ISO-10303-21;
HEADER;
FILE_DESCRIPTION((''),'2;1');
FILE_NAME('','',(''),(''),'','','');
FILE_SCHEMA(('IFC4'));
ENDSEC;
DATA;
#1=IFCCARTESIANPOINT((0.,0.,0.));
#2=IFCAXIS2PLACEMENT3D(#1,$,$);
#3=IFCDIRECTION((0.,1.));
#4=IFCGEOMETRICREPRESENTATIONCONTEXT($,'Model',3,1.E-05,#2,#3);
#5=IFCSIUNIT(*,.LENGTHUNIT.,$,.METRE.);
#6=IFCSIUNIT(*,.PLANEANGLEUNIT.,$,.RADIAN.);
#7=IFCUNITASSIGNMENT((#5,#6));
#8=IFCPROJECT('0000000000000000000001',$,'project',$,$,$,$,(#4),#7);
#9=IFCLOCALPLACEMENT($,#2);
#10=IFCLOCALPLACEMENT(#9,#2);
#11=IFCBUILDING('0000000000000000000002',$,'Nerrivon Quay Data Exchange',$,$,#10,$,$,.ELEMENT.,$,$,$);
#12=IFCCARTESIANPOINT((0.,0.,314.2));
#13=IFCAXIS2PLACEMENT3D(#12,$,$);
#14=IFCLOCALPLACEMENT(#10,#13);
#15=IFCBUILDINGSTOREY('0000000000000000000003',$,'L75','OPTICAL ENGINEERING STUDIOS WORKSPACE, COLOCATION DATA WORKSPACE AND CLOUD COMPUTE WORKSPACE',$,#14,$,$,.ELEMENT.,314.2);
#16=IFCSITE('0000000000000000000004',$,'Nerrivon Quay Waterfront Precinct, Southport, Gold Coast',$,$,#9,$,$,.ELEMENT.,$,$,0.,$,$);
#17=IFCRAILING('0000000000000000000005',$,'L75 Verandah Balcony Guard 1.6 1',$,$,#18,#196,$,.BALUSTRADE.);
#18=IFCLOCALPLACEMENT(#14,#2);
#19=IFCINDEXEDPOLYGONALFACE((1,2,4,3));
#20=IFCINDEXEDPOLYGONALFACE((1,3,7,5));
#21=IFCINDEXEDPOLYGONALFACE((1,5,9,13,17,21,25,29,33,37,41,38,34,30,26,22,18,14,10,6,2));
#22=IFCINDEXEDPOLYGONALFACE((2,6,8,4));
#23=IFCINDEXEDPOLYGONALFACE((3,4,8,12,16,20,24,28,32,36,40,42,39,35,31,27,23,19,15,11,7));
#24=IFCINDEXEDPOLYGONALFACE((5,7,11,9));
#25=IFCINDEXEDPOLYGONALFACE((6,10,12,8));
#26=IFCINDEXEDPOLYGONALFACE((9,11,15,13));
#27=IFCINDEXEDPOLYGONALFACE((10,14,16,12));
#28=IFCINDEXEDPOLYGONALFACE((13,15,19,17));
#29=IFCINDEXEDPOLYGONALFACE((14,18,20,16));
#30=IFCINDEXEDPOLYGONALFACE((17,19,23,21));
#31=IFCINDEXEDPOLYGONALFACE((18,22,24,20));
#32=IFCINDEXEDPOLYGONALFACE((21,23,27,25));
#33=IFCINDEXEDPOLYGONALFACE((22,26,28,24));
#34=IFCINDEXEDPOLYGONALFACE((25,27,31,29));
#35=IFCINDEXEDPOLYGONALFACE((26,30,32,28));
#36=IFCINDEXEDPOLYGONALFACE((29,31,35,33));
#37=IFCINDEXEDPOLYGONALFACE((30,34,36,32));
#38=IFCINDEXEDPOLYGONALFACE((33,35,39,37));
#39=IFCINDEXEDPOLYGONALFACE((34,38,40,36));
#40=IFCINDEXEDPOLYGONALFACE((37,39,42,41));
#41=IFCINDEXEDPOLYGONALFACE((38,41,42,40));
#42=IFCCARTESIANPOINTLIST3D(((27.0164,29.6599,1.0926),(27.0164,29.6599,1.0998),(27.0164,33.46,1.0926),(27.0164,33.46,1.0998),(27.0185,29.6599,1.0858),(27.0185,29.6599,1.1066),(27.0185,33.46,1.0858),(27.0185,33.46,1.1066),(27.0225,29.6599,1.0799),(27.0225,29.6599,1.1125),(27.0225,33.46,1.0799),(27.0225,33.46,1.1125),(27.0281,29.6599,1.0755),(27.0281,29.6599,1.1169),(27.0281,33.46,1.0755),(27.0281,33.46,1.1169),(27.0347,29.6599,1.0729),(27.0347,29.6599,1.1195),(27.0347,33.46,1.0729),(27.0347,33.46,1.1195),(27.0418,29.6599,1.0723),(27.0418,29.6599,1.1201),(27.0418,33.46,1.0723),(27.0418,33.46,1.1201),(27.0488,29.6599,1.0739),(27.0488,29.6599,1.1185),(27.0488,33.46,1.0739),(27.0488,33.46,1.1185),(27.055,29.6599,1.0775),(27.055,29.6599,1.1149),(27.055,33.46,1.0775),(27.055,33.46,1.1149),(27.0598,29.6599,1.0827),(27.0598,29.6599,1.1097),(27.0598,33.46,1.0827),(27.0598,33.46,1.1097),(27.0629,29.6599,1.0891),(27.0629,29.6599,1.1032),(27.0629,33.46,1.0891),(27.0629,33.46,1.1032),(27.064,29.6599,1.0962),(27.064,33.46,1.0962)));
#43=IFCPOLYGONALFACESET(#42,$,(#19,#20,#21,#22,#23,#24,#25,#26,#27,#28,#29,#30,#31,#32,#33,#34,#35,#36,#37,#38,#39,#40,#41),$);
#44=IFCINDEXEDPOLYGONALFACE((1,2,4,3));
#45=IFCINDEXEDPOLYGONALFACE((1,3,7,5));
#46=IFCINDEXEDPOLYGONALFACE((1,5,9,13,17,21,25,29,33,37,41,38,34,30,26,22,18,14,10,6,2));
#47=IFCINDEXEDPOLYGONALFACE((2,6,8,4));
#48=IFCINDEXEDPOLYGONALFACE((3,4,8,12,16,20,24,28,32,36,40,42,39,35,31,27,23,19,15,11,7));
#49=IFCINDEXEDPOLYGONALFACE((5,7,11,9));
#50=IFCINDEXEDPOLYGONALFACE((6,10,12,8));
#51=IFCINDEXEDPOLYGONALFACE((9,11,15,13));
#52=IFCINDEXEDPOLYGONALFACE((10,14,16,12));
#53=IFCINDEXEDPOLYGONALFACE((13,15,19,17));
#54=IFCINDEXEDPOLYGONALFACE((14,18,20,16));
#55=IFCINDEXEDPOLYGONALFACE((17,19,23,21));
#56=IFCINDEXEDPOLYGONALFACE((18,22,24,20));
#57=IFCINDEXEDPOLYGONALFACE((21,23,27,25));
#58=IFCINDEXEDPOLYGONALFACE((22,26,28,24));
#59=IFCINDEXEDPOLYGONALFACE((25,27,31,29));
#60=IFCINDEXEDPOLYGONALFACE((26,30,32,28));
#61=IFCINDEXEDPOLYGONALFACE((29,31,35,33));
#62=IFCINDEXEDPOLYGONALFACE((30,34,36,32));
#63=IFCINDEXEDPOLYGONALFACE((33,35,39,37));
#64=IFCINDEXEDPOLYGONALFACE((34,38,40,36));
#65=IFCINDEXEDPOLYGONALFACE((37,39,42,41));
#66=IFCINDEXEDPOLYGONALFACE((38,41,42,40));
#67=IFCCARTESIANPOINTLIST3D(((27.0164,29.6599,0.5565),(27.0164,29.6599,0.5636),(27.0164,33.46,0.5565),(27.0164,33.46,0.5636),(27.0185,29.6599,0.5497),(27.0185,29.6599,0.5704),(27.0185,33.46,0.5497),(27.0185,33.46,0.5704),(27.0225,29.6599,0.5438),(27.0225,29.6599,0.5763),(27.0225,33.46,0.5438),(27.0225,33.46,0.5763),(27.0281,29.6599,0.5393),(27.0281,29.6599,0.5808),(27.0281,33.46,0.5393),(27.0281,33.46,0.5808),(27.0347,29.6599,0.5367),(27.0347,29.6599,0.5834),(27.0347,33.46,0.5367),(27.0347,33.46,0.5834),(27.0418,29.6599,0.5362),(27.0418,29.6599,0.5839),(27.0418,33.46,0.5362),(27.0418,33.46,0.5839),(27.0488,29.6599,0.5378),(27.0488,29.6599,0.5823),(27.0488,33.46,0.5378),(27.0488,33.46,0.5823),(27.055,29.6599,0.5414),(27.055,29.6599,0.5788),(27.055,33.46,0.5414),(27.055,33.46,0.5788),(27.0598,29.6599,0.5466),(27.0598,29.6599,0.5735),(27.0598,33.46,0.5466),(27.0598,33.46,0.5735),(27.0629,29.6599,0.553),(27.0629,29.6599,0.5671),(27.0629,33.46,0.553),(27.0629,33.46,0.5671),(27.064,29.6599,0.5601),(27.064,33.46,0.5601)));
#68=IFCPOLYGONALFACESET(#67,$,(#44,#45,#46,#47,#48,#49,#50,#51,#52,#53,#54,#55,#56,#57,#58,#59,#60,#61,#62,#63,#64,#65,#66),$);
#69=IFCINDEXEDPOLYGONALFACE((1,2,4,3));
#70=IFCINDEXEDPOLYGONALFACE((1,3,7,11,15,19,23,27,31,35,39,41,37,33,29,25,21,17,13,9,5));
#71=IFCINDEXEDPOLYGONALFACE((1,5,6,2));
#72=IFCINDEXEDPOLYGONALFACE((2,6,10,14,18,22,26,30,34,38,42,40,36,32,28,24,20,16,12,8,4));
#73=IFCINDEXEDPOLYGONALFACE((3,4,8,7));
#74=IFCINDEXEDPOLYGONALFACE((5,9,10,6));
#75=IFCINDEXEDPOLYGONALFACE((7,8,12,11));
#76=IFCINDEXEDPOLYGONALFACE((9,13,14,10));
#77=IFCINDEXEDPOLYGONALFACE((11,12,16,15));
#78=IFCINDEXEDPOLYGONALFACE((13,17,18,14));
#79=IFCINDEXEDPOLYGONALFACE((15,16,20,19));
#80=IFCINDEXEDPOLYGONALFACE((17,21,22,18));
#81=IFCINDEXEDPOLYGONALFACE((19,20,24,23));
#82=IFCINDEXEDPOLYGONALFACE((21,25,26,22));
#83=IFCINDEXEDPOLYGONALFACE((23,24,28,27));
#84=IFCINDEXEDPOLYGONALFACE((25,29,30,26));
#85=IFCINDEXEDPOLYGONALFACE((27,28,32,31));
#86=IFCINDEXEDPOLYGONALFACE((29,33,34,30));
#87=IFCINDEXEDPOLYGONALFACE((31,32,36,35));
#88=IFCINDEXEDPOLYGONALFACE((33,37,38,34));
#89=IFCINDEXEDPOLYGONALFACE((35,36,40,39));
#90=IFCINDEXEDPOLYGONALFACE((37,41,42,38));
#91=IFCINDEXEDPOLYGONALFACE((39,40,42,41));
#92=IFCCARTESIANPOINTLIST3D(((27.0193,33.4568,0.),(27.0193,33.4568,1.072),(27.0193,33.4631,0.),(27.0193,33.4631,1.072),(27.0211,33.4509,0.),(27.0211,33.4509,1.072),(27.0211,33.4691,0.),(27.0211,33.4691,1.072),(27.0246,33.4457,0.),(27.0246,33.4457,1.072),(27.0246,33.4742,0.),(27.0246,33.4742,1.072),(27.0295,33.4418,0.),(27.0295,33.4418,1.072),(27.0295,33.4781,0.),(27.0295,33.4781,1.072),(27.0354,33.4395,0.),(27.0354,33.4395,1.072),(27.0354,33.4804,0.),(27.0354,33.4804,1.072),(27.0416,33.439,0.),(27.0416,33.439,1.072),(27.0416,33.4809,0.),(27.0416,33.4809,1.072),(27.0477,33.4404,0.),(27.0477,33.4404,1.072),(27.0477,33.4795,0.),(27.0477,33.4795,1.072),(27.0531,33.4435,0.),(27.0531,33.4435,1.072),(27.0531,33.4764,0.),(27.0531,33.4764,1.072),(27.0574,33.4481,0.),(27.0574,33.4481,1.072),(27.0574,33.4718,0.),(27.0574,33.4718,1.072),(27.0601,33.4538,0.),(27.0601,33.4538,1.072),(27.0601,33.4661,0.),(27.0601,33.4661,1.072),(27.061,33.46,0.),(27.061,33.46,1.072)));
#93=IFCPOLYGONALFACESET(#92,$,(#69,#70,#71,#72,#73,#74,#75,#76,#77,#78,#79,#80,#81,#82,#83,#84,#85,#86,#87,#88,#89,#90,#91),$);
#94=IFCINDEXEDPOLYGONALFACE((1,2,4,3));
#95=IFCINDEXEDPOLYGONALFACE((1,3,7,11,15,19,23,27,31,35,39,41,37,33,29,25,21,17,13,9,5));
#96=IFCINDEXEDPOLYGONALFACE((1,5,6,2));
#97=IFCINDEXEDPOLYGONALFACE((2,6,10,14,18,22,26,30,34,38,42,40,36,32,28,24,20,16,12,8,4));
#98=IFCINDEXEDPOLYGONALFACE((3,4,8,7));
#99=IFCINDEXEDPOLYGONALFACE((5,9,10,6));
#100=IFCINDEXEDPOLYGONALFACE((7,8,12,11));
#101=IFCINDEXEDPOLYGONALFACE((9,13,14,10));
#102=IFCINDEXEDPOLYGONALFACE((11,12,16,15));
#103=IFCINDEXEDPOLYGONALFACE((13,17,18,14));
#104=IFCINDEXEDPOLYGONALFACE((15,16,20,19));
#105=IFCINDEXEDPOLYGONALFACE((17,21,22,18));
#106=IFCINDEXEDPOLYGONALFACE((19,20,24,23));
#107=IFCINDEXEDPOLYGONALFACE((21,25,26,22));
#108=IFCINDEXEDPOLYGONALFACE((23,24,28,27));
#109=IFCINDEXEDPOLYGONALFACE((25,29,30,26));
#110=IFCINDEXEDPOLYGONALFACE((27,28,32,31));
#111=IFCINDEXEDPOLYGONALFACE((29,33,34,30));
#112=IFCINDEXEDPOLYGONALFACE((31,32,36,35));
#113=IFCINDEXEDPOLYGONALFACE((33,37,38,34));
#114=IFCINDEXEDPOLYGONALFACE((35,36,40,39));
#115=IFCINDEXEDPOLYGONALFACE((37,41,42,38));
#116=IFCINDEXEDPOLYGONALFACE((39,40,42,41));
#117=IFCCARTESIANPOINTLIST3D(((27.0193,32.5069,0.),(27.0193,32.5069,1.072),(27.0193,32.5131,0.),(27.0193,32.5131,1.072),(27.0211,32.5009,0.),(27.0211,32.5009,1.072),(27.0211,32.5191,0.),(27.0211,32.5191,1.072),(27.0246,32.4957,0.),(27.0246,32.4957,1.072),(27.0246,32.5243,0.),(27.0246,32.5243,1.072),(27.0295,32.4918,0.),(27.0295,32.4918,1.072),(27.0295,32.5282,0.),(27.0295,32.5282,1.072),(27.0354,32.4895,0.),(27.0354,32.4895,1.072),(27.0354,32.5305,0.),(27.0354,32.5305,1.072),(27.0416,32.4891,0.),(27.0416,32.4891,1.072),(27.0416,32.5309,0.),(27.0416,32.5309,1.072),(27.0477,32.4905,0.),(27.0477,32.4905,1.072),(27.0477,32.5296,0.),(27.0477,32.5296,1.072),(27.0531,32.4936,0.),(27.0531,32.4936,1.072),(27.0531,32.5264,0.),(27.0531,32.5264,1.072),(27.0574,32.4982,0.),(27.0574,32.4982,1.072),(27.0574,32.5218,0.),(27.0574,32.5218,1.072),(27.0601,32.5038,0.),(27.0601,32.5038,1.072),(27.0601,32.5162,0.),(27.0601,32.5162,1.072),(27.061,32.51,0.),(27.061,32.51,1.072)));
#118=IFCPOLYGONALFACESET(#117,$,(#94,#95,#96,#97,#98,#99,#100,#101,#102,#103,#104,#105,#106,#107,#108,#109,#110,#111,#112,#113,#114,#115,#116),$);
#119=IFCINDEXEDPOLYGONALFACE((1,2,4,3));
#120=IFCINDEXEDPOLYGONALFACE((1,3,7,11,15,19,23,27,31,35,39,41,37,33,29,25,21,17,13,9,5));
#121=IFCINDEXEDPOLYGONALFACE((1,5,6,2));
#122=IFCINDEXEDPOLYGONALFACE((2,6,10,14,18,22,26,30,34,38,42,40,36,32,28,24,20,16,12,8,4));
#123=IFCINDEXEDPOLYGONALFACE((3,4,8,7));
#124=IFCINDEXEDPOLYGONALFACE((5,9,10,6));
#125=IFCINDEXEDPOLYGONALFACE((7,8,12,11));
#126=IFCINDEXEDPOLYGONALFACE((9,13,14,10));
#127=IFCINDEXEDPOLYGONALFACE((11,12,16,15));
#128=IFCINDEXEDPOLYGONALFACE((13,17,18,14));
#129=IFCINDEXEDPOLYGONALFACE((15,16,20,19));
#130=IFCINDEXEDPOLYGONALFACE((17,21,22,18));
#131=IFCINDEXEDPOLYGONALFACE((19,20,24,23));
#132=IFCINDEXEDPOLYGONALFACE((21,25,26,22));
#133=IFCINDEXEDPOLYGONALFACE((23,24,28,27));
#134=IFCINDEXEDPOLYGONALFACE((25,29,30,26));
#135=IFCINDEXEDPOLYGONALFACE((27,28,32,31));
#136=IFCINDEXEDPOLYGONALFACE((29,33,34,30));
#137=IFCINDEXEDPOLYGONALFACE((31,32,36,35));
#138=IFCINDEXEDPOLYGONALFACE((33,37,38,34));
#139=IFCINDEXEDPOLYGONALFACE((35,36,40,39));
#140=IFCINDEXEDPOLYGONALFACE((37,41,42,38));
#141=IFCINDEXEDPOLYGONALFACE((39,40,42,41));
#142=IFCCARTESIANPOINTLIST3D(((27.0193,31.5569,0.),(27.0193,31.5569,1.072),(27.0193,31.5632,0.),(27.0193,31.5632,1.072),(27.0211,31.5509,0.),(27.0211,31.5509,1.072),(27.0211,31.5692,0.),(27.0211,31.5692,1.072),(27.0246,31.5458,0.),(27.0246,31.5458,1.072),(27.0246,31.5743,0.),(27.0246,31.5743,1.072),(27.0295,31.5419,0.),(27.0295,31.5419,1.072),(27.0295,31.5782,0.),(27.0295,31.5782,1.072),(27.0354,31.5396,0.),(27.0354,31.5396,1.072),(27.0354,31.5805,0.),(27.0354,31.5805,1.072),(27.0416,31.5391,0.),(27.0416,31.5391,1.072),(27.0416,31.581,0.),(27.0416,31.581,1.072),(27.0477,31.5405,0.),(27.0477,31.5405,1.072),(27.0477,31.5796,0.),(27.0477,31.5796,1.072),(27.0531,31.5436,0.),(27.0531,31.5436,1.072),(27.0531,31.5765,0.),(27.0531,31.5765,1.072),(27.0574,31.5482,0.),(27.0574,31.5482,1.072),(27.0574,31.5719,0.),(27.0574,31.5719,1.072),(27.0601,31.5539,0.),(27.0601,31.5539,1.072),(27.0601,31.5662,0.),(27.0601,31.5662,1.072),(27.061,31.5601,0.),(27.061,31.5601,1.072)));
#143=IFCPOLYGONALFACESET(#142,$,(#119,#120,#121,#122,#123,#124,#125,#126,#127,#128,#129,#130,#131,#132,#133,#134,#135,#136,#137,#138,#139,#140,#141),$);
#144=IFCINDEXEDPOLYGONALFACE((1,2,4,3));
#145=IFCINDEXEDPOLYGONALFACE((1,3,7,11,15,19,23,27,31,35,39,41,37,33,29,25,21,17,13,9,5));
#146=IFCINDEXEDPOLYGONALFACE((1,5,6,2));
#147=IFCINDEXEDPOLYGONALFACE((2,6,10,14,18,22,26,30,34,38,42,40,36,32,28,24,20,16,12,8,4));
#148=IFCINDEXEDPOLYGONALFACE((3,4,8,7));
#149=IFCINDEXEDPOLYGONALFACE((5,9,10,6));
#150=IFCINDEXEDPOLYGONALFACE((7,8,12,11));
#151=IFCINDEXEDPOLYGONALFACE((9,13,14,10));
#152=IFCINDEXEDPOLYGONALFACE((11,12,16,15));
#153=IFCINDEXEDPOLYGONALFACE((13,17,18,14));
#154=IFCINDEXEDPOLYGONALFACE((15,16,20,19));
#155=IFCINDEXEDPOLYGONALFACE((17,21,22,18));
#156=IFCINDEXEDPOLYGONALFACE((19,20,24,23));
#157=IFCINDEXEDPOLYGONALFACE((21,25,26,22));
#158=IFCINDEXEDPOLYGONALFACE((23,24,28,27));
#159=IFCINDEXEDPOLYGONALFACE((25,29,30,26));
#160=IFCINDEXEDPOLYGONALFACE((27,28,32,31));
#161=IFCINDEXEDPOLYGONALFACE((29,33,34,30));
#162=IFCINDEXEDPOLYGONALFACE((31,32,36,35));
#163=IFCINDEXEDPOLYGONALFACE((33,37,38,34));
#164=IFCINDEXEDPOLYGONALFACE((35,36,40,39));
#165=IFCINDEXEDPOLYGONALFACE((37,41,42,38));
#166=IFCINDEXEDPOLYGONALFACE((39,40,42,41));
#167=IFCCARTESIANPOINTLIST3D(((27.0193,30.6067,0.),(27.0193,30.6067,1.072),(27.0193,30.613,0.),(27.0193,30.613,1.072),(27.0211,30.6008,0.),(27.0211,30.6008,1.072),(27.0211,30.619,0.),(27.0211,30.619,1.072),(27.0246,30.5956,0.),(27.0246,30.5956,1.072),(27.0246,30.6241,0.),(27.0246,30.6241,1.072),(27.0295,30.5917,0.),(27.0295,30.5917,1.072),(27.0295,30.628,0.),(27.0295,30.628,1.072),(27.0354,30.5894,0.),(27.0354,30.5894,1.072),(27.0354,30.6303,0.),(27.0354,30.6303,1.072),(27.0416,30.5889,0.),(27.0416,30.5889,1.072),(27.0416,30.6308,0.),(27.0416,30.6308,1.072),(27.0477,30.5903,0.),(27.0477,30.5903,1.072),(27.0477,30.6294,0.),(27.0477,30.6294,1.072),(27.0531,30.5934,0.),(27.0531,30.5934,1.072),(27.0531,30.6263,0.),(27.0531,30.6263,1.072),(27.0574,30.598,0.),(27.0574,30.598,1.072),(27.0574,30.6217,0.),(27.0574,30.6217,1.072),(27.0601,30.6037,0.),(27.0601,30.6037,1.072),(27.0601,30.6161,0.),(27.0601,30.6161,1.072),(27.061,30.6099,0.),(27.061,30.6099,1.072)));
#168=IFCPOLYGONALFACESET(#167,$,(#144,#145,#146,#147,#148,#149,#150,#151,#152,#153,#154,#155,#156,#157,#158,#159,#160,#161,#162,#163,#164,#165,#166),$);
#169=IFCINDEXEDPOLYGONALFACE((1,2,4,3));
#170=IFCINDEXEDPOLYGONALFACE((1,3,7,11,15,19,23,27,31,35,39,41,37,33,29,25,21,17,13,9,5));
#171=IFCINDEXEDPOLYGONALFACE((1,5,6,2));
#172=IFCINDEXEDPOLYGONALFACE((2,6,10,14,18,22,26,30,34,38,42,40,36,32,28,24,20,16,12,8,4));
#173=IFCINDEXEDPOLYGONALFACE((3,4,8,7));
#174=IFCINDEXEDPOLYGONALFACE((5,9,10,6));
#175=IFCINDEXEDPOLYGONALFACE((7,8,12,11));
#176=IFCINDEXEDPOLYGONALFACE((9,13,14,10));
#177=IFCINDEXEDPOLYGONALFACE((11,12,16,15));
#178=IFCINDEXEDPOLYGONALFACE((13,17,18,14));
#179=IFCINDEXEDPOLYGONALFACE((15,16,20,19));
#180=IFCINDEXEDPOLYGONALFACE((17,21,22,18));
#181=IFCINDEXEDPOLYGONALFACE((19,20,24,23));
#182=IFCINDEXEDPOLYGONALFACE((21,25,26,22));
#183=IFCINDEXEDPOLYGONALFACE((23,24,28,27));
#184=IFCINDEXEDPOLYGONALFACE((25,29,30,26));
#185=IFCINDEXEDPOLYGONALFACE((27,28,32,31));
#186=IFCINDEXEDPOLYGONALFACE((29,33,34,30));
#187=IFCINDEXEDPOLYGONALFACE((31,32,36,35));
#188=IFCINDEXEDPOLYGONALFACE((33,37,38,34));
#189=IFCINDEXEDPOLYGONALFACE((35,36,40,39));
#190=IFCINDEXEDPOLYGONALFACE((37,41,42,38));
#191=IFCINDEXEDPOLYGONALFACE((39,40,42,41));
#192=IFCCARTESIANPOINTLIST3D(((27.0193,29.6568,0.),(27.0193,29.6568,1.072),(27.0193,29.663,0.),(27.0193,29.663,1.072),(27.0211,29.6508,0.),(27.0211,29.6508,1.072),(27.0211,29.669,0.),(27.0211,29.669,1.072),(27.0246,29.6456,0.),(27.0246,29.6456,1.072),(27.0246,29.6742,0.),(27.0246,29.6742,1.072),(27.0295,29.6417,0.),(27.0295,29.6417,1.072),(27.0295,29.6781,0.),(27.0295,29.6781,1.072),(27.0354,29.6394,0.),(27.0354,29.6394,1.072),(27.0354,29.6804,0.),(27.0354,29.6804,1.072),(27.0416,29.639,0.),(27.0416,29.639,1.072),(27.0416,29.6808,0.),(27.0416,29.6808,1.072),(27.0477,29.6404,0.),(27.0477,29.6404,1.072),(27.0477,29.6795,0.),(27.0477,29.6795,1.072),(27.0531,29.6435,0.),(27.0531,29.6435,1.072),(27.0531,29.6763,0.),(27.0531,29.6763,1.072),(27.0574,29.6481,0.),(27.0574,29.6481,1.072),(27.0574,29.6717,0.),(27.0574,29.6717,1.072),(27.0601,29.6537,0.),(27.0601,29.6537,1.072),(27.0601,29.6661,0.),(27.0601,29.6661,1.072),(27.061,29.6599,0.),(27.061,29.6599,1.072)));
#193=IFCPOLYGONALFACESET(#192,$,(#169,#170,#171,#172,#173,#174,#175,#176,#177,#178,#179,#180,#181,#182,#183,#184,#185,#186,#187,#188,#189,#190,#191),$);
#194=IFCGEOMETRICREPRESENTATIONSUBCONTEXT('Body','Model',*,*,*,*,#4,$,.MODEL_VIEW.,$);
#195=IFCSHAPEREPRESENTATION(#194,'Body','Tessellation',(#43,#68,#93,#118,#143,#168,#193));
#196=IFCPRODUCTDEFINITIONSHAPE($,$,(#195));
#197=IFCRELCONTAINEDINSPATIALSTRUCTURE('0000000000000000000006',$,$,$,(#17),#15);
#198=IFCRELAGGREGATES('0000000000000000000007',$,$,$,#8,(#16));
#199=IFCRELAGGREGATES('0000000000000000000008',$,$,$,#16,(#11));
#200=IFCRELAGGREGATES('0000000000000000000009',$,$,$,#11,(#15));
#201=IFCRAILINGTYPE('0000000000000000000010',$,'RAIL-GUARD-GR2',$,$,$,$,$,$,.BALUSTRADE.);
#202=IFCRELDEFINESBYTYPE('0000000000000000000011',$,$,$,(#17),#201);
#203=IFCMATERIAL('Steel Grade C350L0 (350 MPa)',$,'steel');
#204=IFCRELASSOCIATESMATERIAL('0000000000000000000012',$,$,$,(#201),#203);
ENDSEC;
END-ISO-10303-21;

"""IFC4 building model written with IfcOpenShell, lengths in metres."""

from ifc_helpers import new_model, si_unit, direction, frame, origin, origin_2d, place, context, subcontext, project, spatial, circle, extrude, material, type_object, element, save


model = new_model("IFC4")

# Units and contexts
model_context = context("Model", 3, precision=1e-05, world=origin(), true_north=direction((0.0, 1.0)))
body_context = subcontext(model_context, "Body", "Model", "MODEL_VIEW")
ifc_project = project(units=[si_unit("LENGTHUNIT", "METRE"), si_unit("PLANEANGLEUNIT", "RADIAN")], contexts=[model_context])

# Site, building, storey
site_placement = place(None, origin())
site = spatial("IfcSite", under=ifc_project, at=site_placement, Name="Nerrivon Quay Waterfront Precinct, Southport, Gold Coast", CompositionType="ELEMENT", RefElevation=0.0)
building_placement = place(site_placement, origin())
building = spatial("IfcBuilding", under=site, at=building_placement, Name="Nerrivon Quay Data Exchange", CompositionType="ELEMENT")
storey_placement = place(building_placement, frame((0.0, 0.0, 314.2)))
storey = spatial("IfcBuildingStorey", under=building, at=storey_placement, Name="L75", Description="OPTICAL ENGINEERING STUDIOS WORKSPACE, COLOCATION DATA WORKSPACE AND CLOUD COMPUTE WORKSPACE", CompositionType="ELEMENT", Elevation=314.2)

# Railing
ifc_material_1 = material(Name="Steel Grade C350L0 (350 MPa)", Category="steel")
railing_type = type_object("IfcRailingType", Name="RAIL-GUARD-GR2", PredefinedType="BALUSTRADE", material=ifc_material_1)
railing_1_placement = place(storey_placement, frame((27.04, 33.46, 0.0)))
element("IfcRailing", 1, at=railing_1_placement, inside=storey, type_object=railing_type, Name="L75 Verandah Balcony Guard 1.6 1", PredefinedType="BALUSTRADE", context=body_context, shape_type="SweptSolid", body=[
    extrude(circle(Radius=0.0239, at=origin_2d()), frame((0.0, 0.0, 1.0962), z_axis=(0.0, -1.0, 0.0), x_axis=(1.0, 0.0, 0.0)), (0.0, 0.0, 1.0), 3.8),
    extrude(circle(Radius=0.0239, at=origin_2d()), frame((0.0, 0.0, 0.5601), z_axis=(0.0, -1.0, 0.0), x_axis=(1.0, 0.0, 0.0)), (0.0, 0.0, 1.0), 3.8),
    extrude(circle(Radius=0.021, at=origin_2d()), origin(), (0.0, 0.0, 1.0), 1.072),
    extrude(circle(Radius=0.021, at=origin_2d()), frame((0.0, -0.95, 0.0)), (0.0, 0.0, 1.0), 1.072),
    extrude(circle(Radius=0.021, at=origin_2d()), frame((0.0, -1.8999, 0.0)), (0.0, 0.0, 1.0), 1.072),
    extrude(circle(Radius=0.021, at=origin_2d()), frame((0.0, -2.8501, 0.0)), (0.0, 0.0, 1.0), 1.072),
    extrude(circle(Radius=0.021, at=origin_2d()), frame((0.0, -3.8, 0.0)), (0.0, 0.0, 1.0), 1.072),
])

save(model, "model.ifc")
